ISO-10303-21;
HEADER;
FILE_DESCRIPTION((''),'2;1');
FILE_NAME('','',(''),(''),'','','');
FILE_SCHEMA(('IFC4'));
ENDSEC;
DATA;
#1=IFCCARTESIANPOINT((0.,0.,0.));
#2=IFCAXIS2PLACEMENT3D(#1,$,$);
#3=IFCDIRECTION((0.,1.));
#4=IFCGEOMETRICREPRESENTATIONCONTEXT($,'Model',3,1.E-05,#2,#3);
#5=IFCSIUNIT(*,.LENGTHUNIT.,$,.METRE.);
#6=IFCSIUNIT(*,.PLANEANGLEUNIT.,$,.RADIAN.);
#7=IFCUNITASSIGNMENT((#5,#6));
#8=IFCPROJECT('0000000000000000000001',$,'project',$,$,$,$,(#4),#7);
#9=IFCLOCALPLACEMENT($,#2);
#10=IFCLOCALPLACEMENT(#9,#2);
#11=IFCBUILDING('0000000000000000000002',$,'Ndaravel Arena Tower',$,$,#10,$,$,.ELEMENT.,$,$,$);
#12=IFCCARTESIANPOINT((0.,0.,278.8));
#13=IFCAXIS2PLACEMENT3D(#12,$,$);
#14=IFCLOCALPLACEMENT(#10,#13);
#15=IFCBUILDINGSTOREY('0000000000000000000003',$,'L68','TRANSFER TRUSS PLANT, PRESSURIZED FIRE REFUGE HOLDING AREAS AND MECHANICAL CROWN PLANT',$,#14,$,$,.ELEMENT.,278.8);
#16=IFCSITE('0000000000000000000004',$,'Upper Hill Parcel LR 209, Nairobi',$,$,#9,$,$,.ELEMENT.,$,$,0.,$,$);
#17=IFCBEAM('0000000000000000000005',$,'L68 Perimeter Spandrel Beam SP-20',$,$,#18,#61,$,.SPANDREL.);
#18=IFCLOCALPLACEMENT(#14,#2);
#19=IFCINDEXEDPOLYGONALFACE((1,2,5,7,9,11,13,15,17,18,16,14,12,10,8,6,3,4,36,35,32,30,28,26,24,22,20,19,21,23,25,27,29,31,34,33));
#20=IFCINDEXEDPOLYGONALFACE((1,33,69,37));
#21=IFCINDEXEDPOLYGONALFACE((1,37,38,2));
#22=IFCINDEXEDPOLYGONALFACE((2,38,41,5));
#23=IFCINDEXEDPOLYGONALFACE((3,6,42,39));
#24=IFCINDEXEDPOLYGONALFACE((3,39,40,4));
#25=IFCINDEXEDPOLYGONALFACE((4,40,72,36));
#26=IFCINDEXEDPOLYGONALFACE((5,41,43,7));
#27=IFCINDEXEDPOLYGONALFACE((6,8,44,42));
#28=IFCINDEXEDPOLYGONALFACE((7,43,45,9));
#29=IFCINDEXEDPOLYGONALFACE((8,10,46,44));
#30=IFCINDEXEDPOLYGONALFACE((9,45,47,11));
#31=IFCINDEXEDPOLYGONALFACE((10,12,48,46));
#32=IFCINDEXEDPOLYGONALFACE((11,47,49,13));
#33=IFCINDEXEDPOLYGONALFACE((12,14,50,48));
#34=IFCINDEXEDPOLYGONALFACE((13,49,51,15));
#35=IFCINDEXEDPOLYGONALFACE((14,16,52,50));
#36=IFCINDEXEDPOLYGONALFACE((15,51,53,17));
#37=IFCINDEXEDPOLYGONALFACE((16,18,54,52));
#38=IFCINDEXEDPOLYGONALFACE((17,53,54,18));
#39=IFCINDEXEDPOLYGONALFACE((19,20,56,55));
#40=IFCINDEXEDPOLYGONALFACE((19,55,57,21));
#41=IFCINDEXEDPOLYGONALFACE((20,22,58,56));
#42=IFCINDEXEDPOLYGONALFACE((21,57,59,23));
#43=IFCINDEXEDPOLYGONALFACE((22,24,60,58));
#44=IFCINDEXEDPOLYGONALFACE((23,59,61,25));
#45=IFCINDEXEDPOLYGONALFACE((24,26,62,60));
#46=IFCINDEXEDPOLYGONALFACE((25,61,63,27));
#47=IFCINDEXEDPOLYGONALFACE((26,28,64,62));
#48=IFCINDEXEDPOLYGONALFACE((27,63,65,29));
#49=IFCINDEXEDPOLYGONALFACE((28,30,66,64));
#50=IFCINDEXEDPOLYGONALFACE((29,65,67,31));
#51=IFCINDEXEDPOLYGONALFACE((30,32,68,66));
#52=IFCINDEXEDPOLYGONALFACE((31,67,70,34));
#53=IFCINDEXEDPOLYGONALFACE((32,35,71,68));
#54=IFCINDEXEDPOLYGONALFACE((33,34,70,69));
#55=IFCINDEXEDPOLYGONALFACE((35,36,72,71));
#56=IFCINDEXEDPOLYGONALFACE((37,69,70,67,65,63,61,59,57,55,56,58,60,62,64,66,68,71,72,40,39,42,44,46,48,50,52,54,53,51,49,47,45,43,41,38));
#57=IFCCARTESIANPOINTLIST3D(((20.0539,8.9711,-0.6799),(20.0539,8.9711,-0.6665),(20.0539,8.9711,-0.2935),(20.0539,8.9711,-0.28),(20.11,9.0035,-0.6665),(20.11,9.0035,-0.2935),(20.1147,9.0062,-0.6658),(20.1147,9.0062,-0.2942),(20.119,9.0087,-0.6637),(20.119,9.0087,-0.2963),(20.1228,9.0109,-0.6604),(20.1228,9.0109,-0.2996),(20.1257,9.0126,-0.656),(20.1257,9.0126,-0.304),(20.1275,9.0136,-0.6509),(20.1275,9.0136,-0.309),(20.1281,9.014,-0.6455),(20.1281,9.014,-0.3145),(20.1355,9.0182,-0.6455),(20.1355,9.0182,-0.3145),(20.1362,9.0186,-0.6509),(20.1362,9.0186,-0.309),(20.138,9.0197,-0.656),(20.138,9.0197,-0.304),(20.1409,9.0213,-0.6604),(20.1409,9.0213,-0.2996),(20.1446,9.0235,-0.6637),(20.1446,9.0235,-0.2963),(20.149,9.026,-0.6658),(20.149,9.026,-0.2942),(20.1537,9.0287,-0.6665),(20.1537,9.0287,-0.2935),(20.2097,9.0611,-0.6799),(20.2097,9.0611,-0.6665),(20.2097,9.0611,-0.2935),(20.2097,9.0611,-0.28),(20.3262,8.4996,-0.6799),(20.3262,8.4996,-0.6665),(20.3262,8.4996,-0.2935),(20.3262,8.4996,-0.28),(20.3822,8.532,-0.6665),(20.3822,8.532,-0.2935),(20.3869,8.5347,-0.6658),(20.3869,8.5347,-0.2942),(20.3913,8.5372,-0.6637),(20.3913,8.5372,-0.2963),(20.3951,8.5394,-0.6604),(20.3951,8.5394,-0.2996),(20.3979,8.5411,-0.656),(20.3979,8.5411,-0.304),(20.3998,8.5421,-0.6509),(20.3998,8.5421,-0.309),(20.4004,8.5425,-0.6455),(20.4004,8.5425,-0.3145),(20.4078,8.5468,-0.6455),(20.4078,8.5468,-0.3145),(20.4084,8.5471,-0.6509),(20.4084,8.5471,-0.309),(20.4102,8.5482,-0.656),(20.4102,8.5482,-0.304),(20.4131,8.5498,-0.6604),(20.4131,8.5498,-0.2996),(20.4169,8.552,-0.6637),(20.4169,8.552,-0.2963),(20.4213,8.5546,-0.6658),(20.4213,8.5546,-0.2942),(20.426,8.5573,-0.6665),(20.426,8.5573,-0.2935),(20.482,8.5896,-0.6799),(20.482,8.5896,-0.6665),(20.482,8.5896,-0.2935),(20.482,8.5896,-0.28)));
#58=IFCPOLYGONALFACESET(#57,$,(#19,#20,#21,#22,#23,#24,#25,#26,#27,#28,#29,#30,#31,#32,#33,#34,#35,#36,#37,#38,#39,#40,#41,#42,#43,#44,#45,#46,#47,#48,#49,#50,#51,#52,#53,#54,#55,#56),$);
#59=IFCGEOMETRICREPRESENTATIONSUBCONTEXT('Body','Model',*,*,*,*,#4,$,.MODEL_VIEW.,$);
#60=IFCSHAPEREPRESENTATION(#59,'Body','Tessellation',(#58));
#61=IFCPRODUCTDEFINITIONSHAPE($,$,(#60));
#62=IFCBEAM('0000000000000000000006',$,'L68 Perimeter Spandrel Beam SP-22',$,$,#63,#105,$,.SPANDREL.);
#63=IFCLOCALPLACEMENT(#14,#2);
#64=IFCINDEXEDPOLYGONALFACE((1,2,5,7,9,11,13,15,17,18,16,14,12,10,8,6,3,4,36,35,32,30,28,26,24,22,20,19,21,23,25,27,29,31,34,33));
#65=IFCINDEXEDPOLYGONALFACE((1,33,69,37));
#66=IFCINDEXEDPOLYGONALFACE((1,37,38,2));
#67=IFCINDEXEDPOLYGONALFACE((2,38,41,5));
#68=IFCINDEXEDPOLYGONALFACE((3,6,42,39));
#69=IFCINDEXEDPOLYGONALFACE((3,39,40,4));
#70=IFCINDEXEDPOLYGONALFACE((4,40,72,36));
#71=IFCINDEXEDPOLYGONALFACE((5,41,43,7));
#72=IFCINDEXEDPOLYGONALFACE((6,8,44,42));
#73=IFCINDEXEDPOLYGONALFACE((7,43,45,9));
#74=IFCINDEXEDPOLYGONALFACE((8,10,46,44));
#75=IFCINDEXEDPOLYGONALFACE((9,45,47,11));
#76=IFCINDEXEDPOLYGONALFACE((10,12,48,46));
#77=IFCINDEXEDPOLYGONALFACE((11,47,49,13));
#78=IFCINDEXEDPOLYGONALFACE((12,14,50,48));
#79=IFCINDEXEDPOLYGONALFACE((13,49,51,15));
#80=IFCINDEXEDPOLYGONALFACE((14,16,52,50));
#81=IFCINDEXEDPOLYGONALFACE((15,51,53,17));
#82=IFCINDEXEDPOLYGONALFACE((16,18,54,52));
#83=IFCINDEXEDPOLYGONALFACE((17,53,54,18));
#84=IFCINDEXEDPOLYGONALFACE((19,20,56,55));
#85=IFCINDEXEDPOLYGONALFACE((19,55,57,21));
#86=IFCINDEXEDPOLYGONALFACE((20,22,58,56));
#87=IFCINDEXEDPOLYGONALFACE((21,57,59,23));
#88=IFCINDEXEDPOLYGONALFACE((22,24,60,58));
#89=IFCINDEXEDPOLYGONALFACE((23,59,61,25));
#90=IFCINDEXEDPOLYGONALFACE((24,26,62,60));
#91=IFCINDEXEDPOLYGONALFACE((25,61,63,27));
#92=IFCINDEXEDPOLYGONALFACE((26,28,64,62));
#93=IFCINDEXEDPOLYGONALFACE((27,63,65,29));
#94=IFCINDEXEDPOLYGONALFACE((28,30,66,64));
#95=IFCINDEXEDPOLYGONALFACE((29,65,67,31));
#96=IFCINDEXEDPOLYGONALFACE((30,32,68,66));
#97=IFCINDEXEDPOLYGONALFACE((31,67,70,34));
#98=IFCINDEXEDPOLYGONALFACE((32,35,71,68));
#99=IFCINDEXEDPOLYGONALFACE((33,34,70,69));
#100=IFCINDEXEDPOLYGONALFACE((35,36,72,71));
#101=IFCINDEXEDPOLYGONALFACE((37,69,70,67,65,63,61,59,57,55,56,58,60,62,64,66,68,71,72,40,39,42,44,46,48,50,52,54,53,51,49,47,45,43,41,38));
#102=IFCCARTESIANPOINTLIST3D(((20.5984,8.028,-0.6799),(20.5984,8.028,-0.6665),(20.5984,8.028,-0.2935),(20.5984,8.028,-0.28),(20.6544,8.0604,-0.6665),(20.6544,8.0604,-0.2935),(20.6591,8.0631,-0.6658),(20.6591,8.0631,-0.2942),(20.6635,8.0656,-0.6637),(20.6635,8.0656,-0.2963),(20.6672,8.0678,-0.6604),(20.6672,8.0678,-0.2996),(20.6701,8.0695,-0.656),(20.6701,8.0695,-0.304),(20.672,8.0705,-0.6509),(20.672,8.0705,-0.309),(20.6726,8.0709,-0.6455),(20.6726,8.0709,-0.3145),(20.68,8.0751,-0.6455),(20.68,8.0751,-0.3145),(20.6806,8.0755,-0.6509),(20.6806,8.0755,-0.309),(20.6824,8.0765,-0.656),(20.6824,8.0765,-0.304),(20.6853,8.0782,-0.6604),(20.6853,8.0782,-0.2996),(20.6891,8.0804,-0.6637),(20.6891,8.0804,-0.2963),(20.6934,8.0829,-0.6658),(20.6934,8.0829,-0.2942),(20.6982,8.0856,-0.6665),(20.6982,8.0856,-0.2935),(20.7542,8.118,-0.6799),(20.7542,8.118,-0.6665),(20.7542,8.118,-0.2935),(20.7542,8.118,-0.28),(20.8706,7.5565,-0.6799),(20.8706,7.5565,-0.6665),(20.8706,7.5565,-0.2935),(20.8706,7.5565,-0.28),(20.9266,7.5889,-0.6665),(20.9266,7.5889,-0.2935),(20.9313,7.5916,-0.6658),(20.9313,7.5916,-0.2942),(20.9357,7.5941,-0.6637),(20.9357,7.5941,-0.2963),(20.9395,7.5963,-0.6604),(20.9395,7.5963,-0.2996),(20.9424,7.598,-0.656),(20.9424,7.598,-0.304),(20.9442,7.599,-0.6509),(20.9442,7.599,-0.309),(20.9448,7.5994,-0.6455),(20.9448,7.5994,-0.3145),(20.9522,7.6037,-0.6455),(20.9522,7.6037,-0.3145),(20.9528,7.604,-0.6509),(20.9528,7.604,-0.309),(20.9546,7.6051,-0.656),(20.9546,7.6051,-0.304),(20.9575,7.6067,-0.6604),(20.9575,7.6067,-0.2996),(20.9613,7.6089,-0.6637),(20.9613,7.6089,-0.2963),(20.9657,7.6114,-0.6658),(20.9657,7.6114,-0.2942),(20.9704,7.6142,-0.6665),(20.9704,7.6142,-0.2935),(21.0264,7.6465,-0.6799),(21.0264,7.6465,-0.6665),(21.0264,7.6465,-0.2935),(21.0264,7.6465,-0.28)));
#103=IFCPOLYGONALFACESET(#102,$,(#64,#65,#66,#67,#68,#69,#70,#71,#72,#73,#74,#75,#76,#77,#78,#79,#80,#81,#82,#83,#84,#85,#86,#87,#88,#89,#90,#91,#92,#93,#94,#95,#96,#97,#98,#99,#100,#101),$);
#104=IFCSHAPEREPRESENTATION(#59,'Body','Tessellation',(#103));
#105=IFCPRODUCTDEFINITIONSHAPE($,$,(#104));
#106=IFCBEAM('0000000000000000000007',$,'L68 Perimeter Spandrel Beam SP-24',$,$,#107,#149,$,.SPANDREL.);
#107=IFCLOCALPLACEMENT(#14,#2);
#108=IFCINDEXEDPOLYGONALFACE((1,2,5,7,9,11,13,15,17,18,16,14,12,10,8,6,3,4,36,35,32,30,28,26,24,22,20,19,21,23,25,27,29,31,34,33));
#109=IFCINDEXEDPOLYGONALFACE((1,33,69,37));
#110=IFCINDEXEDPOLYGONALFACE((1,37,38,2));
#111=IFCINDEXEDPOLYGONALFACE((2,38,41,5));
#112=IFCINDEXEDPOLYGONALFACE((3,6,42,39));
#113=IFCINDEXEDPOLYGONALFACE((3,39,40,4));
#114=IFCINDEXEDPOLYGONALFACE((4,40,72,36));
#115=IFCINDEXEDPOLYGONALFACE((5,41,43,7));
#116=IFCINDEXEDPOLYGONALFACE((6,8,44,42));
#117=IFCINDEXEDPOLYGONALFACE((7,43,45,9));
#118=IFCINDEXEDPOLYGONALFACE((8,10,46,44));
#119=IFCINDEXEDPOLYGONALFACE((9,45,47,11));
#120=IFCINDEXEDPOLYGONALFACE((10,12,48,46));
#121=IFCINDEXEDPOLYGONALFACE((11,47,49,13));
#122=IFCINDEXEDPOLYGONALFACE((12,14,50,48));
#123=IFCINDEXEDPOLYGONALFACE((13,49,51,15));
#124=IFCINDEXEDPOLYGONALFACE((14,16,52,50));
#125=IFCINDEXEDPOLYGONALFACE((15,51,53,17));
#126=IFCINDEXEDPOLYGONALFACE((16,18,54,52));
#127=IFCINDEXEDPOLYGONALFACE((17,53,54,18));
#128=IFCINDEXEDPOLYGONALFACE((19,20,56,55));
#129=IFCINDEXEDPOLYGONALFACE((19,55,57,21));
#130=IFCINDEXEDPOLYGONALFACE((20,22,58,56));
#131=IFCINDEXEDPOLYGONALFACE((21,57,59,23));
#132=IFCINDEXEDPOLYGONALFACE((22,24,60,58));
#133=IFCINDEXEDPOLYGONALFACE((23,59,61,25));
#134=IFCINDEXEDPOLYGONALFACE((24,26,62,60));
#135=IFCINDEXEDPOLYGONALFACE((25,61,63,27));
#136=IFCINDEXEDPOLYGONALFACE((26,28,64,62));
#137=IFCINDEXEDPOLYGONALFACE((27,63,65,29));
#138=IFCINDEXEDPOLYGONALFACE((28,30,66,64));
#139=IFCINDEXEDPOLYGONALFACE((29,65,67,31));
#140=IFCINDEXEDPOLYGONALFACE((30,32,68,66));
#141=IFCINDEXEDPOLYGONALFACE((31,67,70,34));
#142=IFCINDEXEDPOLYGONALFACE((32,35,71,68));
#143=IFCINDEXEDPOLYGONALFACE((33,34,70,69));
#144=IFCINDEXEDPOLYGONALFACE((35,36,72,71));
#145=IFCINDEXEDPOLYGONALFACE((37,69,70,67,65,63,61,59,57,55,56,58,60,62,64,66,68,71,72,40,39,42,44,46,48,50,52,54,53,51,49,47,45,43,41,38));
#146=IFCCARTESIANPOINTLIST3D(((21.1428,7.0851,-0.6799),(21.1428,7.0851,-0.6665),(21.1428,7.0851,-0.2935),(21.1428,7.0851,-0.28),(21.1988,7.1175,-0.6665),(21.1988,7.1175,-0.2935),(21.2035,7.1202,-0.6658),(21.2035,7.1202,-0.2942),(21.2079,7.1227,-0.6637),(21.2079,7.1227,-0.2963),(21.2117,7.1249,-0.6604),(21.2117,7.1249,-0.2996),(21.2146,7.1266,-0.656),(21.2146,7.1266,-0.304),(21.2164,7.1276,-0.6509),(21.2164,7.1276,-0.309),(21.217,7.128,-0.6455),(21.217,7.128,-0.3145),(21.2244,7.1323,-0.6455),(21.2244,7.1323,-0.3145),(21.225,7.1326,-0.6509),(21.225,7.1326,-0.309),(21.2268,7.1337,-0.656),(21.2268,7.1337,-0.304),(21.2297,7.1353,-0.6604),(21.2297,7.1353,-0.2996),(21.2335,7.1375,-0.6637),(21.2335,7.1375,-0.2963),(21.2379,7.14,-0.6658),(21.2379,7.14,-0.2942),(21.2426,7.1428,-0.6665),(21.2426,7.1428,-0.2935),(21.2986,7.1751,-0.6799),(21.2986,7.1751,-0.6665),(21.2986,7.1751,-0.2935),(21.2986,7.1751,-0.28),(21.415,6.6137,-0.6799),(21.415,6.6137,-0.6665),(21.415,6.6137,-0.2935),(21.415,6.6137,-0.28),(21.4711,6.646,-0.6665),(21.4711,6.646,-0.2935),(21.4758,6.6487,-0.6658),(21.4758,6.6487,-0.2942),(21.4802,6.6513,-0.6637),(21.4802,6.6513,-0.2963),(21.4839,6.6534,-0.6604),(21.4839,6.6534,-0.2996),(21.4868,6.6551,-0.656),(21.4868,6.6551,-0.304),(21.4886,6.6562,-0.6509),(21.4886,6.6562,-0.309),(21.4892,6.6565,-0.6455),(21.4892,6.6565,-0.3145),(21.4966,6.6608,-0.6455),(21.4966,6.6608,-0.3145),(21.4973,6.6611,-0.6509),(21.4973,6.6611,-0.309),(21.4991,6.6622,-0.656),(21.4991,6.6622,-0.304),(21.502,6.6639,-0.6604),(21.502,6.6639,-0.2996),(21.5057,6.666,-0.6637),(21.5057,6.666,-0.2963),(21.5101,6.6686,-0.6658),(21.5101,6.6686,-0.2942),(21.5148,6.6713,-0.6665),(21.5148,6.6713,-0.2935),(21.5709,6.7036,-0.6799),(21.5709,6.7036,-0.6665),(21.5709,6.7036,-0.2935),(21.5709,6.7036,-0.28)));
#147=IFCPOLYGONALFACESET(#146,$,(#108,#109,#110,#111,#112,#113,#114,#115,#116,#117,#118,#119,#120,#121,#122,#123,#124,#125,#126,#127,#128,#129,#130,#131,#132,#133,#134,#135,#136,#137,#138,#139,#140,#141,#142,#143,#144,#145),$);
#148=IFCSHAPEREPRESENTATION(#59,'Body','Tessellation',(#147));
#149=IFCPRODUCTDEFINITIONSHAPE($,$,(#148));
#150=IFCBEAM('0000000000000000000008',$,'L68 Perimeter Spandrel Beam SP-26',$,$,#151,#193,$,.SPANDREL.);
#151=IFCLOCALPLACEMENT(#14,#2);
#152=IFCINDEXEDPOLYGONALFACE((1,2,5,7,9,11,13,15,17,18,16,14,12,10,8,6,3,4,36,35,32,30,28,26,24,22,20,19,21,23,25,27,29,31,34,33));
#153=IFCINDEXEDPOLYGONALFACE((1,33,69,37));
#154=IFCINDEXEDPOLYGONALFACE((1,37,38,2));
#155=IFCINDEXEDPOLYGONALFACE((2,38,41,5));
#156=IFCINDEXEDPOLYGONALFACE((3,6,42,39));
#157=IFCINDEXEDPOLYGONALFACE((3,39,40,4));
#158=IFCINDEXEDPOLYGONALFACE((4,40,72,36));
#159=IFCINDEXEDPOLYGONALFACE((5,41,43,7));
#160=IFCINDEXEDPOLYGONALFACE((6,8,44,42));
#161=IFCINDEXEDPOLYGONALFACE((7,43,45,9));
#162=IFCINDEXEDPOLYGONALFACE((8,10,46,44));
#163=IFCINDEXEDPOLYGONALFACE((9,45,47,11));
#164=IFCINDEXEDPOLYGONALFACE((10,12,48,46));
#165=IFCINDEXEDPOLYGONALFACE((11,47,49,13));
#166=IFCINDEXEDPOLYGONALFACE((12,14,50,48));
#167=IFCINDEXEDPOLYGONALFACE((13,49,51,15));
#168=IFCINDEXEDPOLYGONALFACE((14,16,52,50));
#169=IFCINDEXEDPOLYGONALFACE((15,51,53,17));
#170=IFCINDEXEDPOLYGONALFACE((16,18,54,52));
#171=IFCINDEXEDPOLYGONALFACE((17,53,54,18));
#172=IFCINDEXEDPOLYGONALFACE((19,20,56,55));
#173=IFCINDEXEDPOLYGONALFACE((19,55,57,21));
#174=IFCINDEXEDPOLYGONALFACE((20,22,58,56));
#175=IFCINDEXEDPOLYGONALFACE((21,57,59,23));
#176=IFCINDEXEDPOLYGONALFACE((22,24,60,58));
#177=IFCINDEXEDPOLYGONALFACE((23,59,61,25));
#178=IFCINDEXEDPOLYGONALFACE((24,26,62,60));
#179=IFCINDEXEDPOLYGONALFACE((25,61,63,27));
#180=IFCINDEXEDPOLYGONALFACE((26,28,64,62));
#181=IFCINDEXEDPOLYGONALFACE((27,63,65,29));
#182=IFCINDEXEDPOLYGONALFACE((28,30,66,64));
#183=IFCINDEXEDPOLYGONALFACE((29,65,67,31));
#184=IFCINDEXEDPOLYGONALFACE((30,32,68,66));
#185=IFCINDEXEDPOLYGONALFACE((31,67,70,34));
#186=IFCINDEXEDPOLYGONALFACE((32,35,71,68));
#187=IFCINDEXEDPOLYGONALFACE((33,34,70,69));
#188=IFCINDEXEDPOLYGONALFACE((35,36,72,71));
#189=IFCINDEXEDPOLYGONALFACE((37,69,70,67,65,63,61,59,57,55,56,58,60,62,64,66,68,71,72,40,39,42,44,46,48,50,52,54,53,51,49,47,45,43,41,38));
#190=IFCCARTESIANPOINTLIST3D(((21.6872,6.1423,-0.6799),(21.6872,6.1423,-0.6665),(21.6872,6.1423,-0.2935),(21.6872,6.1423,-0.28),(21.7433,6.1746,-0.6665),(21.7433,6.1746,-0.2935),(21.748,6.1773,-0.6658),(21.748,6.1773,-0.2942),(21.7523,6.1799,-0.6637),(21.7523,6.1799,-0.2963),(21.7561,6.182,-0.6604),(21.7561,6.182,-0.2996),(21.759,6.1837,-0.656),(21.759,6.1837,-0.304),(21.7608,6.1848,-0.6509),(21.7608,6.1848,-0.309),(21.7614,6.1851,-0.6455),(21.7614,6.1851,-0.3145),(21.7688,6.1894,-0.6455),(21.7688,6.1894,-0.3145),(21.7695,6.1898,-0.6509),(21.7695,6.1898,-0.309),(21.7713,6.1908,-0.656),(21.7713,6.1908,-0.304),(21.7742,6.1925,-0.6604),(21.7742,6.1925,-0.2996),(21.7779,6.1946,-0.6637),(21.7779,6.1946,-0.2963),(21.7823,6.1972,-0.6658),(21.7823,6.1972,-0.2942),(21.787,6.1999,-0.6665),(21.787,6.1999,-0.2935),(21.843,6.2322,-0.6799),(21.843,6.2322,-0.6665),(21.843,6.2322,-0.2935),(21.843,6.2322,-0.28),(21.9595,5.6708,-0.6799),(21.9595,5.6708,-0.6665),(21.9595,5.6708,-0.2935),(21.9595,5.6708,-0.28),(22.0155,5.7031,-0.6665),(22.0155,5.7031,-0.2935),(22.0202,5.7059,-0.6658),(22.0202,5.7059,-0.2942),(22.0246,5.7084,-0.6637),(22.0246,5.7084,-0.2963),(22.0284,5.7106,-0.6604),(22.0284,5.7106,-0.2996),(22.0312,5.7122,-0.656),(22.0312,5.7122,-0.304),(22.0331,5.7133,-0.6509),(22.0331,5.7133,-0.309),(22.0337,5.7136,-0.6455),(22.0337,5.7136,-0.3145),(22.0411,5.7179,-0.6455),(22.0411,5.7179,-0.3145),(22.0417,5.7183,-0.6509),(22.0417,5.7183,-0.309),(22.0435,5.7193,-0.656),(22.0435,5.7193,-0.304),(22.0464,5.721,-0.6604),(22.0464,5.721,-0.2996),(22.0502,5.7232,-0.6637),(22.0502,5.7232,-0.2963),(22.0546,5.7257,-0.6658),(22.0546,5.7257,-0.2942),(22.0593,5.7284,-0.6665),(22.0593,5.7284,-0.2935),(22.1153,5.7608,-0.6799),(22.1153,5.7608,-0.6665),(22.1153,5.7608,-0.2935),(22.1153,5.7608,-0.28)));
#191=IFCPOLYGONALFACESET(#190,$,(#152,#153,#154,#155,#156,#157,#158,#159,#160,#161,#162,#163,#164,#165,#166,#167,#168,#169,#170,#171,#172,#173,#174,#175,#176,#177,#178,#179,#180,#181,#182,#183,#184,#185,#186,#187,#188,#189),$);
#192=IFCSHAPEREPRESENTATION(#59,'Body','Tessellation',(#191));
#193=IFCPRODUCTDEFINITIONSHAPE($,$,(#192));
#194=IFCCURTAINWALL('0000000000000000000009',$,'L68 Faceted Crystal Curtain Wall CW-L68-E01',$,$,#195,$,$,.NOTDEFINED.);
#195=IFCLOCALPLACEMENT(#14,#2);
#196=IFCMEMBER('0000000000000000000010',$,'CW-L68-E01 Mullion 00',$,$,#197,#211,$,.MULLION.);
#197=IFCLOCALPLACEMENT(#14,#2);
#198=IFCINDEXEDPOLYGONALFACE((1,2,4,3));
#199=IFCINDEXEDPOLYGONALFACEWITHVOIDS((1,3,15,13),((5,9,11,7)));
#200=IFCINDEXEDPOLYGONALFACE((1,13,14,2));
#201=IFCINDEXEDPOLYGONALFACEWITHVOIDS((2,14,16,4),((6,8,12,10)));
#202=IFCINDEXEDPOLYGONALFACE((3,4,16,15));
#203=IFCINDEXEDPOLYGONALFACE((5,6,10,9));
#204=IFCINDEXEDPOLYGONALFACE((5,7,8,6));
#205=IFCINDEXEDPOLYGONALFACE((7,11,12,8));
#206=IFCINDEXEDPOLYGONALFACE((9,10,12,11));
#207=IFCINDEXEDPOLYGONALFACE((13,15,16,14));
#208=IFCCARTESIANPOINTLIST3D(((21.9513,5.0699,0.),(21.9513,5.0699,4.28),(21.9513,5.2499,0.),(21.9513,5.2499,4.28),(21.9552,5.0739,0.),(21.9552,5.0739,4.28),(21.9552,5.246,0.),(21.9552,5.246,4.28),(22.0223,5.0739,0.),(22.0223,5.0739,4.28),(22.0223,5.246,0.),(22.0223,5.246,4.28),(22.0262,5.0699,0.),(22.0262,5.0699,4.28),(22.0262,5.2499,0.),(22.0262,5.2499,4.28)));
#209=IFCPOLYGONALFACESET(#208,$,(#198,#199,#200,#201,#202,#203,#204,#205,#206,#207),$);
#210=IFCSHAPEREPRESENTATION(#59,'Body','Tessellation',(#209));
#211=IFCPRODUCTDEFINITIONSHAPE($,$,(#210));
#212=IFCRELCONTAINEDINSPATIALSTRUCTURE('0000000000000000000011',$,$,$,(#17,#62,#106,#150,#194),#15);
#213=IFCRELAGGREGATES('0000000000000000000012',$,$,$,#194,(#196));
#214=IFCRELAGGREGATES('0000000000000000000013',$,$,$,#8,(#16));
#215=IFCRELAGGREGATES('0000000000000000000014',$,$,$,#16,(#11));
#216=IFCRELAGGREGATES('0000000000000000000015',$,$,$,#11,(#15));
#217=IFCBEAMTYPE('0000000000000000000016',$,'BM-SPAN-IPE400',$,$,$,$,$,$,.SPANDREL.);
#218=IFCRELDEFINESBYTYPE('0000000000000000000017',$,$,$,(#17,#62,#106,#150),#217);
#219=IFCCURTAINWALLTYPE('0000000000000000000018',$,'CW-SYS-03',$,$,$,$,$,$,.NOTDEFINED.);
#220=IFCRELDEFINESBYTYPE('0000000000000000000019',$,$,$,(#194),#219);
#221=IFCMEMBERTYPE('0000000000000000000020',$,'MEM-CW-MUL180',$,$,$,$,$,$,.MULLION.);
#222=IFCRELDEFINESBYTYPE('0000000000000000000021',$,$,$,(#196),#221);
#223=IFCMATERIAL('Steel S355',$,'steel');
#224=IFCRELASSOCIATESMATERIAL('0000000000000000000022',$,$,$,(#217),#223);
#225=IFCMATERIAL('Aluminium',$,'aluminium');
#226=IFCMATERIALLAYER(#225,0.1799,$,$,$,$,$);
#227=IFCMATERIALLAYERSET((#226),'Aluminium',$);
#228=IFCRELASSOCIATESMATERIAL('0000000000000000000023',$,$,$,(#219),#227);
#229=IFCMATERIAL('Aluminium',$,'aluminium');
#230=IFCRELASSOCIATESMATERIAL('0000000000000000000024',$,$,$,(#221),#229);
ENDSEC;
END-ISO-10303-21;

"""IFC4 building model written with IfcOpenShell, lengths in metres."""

from ifc_helpers import new_model, si_unit, direction, frame, origin, origin_2d, place, context, subcontext, project, spatial, hollow_rectangle, i_section, extrude, material, layer, layer_set, material_profile, profile_set, type_object, element, aggregate, save


model = new_model("IFC4")

# Units and contexts
model_context = context("Model", 3, precision=1e-05, world=origin(), true_north=direction((0.0, 1.0)))
body_context = subcontext(model_context, "Body", "Model", "MODEL_VIEW")
ifc_project = project(units=[si_unit("LENGTHUNIT", "METRE"), si_unit("PLANEANGLEUNIT", "RADIAN")], contexts=[model_context])

# Site, building, storey
site_placement = place(None, origin())
site = spatial("IfcSite", under=ifc_project, at=site_placement, Name="Upper Hill Parcel LR 209, Nairobi", CompositionType="ELEMENT", RefElevation=0.0)
building_placement = place(site_placement, origin())
building = spatial("IfcBuilding", under=site, at=building_placement, Name="Ndaravel Arena Tower", CompositionType="ELEMENT")
storey_placement = place(building_placement, frame((0.0, 0.0, 278.8)))
storey = spatial("IfcBuildingStorey", under=building, at=storey_placement, Name="L68", Description="TRANSFER TRUSS PLANT, PRESSURIZED FIRE REFUGE HOLDING AREAS AND MECHANICAL CROWN PLANT", CompositionType="ELEMENT", Elevation=278.8)

# Beams
ifc_material_1 = material(Name="Steel S355", Category="steel")
ifc_material_profile_1 = material_profile(ifc_material_1, i_section(OverallWidth=0.1799, OverallDepth=0.3999, WebThickness=0.0085, FlangeThickness=0.0134, FilletRadius=0.021, at=origin_2d()), Name="IPE 400")
ifc_profile_set_1 = profile_set([ifc_material_profile_1], Name="Steel S355")
beam_type = type_object("IfcBeamType", Name="BM-SPAN-IPE400", PredefinedType="SPANDREL", material=ifc_profile_set_1)
for number, where, z_axis, x_axis, name in (
    (1, (20.1318, 9.0161, -0.48), (0.500046, -0.865999, 0.0), (0.865999, 0.500046, 0.0), "L68 Perimeter Spandrel Beam SP-20"),
    (2, (20.6763, 8.073, -0.48), (0.500046, -0.865999, 0.0), (0.865999, 0.500046, 0.0), "L68 Perimeter Spandrel Beam SP-22"),
    (3, (21.2207, 7.1301, -0.48), (0.500046, -0.865999, 0.0), (0.865999, 0.500046, 0.0), "L68 Perimeter Spandrel Beam SP-24"),
    (4, (21.7651, 6.1873, -0.48), (0.500046, -0.865999, 0.0), (0.865999, 0.500046, 0.0), "L68 Perimeter Spandrel Beam SP-26"),
):
    element("IfcBeam", number, at=place(storey_placement, frame(where, z_axis=z_axis, x_axis=x_axis)), inside=storey, type_object=beam_type, Name=name, PredefinedType="SPANDREL", context=body_context, shape_type="SweptSolid", body=[
        extrude(i_section(OverallWidth=0.1799, OverallDepth=0.3999, WebThickness=0.0085, FlangeThickness=0.0134, FilletRadius=0.021, at=origin_2d()), origin(), (0.0, 0.0, 1.0), 0.5444),
    ])

# Curtain wall, member
ifc_material_2 = material(Name="Aluminium", Category="aluminium")
ifc_layer_1 = layer(ifc_material_2, 0.1799)
ifc_layer_set_1 = layer_set([ifc_layer_1], Name="Aluminium")
curtain_wall_type_1 = type_object("IfcCurtainWallType", Name="CW-SYS-03", PredefinedType="NOTDEFINED", material=ifc_layer_set_1)
curtain_wall_1_placement = place(storey_placement, origin())
curtain_wall_1 = element("IfcCurtainWall", 5, at=curtain_wall_1_placement, inside=storey, type_object=curtain_wall_type_1, Name="L68 Faceted Crystal Curtain Wall CW-L68-E01", PredefinedType="NOTDEFINED")
ifc_material_3 = material(Name="Aluminium", Category="aluminium")
ifc_material_profile_2 = material_profile(ifc_material_3, hollow_rectangle(XDim=0.075, YDim=0.1799, WallThickness=0.0039, at=origin_2d()), Name="CW MULLION 75x180x4")
ifc_profile_set_2 = profile_set([ifc_material_profile_2], Name="Aluminium")
member_type_1 = type_object("IfcMemberType", Name="MEM-CW-MUL180", PredefinedType="MULLION", material=ifc_profile_set_2)
member_1_placement = place(storey_placement, frame((21.9888, 5.1599, 0.0), z_axis=(0.0, 0.0, 1.0), x_axis=(1.0, 0.0, 0.0)))
member_1 = element("IfcMember", 6, at=member_1_placement, type_object=member_type_1, Name="CW-L68-E01 Mullion 00", PredefinedType="MULLION", context=body_context, shape_type="SweptSolid", body=[
    extrude(hollow_rectangle(XDim=0.075, YDim=0.1799, WallThickness=0.0039, at=origin_2d()), origin(), (0.0, 0.0, 1.0), 4.28),
])

aggregate(curtain_wall_1, [member_1])

save(model, "model.ifc")
